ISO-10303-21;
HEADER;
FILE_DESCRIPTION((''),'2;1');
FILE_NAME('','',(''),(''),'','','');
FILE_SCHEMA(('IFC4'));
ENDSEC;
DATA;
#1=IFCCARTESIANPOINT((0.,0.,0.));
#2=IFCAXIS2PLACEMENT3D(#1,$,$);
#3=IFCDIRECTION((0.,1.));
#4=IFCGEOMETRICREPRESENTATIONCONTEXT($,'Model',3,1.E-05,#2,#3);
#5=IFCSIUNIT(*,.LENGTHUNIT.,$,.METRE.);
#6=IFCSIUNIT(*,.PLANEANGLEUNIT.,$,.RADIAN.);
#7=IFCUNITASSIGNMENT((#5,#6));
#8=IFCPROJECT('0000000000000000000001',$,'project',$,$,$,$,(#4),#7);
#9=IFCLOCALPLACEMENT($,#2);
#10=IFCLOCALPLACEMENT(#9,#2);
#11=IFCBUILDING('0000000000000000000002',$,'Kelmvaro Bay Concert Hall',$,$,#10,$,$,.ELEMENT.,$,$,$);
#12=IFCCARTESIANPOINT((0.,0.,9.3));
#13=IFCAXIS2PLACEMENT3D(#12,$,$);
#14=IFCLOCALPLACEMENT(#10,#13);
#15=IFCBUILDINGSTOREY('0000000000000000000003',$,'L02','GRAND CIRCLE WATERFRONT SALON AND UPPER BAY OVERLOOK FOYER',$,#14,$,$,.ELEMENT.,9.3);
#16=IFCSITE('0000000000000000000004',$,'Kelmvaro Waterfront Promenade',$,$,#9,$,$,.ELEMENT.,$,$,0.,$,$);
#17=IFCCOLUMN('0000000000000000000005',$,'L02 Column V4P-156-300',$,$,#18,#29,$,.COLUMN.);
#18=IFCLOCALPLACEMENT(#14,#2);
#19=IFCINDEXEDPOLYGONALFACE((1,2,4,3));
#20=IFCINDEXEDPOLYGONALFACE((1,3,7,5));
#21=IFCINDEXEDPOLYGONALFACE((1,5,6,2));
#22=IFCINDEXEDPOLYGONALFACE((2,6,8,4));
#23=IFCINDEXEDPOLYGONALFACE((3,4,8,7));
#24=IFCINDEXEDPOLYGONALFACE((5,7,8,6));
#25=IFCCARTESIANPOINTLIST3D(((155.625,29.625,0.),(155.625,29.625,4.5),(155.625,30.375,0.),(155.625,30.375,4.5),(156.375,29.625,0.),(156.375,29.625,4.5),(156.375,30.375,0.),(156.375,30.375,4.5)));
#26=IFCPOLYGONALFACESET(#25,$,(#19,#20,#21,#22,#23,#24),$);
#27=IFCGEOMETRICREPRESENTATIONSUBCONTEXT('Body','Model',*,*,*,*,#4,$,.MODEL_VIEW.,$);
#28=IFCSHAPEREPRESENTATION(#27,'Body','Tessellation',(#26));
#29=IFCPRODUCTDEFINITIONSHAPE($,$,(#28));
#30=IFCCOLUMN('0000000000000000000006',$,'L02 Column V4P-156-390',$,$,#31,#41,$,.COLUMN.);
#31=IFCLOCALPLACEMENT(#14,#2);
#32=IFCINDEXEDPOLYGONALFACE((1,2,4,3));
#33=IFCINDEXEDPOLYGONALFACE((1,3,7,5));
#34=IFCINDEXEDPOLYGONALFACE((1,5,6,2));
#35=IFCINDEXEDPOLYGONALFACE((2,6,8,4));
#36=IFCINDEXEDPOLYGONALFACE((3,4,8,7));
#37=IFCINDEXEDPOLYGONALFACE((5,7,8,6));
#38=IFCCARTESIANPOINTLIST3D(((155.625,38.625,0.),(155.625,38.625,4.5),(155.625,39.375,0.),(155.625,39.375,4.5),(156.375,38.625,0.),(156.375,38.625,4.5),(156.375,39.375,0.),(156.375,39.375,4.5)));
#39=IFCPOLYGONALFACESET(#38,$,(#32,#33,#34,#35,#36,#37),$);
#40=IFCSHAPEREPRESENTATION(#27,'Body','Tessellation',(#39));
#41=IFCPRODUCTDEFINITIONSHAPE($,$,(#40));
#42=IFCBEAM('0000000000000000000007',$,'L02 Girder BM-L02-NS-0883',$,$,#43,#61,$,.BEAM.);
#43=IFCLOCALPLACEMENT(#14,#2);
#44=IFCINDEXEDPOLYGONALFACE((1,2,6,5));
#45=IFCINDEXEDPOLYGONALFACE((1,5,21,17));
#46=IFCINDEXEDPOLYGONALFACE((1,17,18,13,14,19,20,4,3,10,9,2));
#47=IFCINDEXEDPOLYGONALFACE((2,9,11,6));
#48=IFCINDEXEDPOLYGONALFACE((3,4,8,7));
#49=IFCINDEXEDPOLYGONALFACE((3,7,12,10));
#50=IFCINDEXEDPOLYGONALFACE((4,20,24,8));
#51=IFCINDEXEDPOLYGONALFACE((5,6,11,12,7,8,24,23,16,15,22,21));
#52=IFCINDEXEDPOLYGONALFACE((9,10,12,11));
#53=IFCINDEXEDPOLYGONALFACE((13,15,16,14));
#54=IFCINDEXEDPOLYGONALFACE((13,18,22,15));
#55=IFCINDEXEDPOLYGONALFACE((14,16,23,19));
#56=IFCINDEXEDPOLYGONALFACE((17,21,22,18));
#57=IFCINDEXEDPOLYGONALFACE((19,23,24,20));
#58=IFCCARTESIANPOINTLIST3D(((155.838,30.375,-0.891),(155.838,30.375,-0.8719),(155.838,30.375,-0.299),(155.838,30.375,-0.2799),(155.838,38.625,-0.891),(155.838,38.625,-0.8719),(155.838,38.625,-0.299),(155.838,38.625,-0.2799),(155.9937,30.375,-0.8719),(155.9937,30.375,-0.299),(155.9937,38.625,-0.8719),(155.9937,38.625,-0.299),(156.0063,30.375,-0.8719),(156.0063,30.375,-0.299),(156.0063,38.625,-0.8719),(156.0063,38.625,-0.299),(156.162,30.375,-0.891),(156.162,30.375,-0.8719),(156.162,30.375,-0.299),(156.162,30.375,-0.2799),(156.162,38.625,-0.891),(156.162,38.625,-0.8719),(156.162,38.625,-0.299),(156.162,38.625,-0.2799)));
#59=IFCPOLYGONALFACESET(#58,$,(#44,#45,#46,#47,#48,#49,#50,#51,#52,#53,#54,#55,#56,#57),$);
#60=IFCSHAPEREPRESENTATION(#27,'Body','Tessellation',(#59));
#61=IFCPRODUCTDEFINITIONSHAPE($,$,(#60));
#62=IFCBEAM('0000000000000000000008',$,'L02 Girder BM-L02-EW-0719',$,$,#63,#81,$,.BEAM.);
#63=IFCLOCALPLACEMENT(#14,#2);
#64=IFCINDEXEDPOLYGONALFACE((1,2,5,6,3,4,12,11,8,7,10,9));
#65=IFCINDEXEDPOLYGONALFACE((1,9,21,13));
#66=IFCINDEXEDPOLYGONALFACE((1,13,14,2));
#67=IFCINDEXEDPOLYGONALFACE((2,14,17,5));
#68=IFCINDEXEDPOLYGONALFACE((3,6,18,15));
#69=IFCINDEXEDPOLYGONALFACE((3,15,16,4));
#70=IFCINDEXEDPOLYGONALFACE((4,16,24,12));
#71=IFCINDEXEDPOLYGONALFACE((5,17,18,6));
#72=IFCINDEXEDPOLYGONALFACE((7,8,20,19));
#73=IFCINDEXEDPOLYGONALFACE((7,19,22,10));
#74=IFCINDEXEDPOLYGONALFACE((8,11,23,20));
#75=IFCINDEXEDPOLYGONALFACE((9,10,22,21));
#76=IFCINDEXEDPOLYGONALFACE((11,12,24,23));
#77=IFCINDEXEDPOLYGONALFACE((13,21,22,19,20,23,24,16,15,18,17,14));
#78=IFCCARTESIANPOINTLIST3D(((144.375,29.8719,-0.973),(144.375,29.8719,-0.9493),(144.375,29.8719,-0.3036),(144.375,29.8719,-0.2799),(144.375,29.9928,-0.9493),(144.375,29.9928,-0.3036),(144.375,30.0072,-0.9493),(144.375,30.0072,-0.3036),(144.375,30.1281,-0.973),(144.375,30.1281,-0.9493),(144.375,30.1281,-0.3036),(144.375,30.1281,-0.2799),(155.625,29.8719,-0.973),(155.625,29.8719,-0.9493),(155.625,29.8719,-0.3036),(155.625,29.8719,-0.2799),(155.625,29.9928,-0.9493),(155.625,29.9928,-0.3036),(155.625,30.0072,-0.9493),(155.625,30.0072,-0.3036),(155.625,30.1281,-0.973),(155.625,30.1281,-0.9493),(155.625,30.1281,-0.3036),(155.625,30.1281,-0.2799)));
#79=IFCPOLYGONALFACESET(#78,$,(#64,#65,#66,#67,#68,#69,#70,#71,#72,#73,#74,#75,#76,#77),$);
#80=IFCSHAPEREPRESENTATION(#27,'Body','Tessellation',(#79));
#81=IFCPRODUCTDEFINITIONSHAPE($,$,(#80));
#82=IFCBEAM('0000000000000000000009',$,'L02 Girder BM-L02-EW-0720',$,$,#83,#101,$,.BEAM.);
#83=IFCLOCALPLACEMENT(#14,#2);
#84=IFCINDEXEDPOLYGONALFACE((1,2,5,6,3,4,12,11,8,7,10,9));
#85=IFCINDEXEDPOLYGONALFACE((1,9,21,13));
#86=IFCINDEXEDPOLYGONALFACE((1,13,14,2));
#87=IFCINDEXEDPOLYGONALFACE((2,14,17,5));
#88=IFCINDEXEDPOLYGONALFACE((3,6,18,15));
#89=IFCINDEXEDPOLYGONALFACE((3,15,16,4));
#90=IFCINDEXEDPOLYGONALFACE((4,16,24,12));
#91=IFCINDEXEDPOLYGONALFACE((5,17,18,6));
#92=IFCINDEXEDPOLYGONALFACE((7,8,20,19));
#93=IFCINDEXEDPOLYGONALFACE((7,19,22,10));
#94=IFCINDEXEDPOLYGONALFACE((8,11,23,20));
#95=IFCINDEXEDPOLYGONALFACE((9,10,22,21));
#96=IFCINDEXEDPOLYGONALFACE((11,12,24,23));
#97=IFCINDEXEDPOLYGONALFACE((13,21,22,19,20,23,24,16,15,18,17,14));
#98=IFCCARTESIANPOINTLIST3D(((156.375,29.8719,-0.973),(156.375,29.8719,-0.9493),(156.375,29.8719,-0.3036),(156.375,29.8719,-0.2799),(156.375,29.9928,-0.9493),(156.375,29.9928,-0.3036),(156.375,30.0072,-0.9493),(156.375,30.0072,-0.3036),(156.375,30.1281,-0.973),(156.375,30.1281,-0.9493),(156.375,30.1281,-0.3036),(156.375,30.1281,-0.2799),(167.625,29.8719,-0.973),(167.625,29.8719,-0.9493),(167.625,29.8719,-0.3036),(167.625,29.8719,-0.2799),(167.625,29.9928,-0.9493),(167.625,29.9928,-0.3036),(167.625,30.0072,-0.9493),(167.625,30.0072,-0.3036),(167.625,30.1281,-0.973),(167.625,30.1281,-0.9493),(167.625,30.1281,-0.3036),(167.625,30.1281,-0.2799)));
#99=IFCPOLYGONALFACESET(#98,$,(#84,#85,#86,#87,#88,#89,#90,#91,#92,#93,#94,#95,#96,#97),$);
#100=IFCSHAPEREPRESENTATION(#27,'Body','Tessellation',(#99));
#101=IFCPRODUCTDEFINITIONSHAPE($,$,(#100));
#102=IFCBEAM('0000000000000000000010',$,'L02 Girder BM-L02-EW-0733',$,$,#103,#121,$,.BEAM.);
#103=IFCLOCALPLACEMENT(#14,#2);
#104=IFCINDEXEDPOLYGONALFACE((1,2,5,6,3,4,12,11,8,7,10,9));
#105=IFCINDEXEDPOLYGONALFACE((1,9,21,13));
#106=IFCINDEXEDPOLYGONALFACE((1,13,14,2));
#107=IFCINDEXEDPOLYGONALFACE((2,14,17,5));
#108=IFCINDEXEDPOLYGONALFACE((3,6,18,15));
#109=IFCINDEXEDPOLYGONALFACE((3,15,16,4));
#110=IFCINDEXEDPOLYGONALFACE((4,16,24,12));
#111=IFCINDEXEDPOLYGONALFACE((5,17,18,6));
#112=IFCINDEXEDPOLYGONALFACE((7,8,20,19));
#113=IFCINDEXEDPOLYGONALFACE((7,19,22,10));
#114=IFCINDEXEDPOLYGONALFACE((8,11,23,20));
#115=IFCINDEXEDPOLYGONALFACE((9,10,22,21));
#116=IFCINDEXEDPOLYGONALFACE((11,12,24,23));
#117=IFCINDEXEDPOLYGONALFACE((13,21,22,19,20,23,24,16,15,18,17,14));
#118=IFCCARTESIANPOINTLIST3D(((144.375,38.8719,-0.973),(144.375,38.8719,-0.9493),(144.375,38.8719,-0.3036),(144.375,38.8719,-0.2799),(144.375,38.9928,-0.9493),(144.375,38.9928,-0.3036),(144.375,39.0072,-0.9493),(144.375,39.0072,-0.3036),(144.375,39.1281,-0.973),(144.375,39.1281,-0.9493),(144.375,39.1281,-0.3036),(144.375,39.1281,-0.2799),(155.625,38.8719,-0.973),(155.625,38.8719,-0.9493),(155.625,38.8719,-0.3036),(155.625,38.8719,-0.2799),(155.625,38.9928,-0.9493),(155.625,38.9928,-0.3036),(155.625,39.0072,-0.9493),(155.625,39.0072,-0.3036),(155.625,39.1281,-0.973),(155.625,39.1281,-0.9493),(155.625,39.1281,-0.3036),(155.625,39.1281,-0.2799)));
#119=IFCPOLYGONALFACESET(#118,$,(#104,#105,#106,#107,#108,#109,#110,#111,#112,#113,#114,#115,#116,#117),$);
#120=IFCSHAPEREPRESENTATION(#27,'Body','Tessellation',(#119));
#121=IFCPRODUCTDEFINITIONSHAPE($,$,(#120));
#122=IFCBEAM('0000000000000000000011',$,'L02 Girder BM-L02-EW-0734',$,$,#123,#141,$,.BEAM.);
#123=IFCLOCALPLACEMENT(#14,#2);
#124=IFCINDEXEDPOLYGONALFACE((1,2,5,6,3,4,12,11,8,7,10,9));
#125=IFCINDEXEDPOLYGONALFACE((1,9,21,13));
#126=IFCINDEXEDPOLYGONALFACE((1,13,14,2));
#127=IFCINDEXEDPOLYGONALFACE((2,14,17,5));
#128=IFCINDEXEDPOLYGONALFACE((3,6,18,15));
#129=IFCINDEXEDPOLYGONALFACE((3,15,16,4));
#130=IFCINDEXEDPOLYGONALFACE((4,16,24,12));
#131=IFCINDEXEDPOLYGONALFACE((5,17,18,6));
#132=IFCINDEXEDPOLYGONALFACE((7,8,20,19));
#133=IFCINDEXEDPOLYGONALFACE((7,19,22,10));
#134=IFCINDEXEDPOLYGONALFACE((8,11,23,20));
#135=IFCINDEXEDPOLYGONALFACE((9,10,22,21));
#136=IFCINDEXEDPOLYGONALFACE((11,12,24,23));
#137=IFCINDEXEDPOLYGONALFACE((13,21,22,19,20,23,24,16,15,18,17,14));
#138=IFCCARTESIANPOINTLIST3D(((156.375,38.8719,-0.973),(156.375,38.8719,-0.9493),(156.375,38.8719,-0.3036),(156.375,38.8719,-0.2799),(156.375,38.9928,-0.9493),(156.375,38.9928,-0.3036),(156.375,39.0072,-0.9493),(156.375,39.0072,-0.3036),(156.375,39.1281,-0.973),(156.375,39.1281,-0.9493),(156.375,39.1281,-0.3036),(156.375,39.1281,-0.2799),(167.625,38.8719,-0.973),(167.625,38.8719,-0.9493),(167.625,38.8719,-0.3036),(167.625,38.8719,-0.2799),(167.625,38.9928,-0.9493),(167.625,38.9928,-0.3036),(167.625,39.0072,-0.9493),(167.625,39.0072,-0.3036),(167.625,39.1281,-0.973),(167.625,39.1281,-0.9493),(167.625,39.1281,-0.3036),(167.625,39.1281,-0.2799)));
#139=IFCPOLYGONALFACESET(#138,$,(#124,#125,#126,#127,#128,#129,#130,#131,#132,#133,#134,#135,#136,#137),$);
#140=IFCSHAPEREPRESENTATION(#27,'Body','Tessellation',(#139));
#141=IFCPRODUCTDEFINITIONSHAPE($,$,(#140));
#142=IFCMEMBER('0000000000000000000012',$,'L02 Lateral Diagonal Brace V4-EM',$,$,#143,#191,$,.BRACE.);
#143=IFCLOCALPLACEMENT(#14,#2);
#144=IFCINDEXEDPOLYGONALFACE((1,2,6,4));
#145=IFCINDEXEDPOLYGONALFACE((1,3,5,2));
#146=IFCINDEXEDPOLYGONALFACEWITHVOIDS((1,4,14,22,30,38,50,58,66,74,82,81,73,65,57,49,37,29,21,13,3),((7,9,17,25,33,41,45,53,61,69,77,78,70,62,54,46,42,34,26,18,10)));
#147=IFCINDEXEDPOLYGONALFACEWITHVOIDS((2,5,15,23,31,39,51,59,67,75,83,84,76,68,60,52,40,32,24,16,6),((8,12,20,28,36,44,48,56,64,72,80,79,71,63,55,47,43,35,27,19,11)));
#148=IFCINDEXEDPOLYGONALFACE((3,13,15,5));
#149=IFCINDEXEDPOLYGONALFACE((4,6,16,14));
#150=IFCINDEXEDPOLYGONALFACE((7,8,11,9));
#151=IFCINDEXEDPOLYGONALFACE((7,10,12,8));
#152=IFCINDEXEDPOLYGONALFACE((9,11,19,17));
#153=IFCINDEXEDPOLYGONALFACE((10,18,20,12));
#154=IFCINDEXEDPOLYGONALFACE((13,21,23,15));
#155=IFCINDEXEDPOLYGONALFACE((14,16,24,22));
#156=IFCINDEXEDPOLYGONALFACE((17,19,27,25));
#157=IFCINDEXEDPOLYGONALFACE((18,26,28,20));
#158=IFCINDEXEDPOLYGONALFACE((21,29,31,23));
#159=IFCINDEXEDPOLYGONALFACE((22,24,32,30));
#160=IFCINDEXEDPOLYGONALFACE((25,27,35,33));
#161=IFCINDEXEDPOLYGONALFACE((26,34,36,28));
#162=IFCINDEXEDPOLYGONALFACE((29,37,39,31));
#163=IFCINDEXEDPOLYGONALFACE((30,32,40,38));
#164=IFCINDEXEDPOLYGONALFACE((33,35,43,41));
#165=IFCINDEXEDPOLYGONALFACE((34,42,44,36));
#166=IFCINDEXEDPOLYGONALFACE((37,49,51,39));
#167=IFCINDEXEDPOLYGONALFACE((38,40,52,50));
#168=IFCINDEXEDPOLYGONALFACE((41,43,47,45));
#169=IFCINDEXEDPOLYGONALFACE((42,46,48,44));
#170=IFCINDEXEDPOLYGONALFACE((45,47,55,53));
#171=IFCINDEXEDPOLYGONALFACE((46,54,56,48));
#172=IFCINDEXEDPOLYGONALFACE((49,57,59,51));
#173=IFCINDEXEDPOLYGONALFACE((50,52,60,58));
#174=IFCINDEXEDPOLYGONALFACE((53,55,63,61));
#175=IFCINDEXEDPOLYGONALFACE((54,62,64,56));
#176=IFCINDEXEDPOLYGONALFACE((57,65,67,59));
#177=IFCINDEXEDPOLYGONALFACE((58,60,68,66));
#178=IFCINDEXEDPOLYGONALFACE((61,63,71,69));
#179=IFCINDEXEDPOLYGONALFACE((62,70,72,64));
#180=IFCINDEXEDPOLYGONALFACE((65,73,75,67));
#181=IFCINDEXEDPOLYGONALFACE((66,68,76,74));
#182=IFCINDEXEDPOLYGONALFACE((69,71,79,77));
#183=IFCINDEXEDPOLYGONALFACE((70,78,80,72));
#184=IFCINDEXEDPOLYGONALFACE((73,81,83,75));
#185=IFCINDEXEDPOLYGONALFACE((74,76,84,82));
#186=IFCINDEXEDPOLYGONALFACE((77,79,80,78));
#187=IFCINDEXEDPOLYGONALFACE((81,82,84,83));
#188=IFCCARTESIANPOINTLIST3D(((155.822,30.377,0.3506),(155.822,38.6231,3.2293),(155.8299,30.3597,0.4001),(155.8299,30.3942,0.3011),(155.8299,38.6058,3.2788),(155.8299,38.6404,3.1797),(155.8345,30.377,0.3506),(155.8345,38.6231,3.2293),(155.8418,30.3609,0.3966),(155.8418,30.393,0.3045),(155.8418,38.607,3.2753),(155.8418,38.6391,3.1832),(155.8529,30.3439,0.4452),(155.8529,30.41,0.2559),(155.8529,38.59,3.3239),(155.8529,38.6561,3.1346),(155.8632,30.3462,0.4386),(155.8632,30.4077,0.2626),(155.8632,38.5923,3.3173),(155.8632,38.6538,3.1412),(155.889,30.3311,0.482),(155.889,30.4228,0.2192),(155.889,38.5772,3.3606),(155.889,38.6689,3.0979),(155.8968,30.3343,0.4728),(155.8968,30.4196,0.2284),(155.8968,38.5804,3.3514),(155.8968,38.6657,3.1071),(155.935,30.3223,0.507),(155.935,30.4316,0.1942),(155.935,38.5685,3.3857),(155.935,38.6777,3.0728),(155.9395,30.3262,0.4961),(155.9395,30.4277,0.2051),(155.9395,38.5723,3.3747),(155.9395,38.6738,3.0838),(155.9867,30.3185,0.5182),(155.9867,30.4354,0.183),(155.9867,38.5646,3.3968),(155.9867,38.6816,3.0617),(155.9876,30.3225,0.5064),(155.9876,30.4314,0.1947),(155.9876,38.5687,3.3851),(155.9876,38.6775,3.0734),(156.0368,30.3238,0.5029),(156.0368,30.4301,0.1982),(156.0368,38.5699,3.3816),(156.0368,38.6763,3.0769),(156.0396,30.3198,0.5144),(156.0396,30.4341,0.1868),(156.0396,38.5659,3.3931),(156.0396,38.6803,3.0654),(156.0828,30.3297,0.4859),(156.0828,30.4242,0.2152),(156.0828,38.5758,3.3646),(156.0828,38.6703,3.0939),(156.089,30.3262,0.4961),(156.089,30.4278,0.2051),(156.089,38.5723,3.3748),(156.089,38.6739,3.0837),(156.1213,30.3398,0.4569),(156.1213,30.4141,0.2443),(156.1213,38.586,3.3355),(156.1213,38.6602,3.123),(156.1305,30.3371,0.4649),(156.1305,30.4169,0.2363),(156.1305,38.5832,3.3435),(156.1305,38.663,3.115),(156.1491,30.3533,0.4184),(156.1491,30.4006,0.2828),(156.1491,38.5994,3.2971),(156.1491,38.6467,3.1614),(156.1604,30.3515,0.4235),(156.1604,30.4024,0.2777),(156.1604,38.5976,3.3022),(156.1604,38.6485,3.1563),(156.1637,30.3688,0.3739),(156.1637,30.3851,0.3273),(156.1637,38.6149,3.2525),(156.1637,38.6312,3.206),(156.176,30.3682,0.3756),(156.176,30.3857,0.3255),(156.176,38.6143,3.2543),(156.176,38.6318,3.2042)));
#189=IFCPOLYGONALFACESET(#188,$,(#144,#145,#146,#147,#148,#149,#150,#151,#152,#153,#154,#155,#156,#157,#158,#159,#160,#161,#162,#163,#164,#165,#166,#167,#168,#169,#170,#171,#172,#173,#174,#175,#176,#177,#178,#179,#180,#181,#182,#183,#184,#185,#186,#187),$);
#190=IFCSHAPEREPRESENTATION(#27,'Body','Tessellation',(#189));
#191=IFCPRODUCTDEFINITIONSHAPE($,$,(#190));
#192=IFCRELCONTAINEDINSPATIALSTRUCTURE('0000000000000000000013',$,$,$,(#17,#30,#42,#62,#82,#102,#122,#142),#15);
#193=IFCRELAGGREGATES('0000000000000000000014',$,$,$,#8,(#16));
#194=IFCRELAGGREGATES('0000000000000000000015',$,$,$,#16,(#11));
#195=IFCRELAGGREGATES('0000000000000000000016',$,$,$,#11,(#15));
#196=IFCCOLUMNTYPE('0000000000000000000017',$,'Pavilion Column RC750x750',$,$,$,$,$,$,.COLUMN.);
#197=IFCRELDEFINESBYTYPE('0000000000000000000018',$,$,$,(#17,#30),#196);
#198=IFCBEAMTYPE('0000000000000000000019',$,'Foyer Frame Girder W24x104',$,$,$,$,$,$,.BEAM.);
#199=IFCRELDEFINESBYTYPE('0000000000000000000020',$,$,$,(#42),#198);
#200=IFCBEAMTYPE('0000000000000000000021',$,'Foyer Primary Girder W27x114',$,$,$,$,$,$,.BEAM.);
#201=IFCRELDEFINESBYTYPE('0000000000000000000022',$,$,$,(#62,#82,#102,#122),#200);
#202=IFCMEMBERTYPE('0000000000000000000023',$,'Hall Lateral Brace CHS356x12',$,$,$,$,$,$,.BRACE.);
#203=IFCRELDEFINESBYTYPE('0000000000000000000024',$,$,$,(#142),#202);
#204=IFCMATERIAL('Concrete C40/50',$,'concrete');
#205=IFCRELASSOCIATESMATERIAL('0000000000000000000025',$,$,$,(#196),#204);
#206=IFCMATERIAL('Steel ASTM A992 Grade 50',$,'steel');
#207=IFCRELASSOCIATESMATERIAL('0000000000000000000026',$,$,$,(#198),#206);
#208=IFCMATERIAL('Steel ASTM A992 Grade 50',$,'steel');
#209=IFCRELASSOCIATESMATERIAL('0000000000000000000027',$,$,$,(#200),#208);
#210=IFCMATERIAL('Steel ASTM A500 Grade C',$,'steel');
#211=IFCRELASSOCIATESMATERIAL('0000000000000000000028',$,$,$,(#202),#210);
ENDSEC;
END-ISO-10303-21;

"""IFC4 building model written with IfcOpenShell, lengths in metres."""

from ifc_helpers import new_model, si_unit, direction, frame, origin, origin_2d, place, context, subcontext, project, spatial, rectangle, hollow_circle, i_section, extrude, material, material_profile, profile_set, type_object, element, save


model = new_model("IFC4")

# Units and contexts
model_context = context("Model", 3, precision=1e-05, world=origin(), true_north=direction((0.0, 1.0)))
body_context = subcontext(model_context, "Body", "Model", "MODEL_VIEW")
ifc_project = project(units=[si_unit("LENGTHUNIT", "METRE"), si_unit("PLANEANGLEUNIT", "RADIAN")], contexts=[model_context])

# Site, building, storey
site_placement = place(None, origin())
site = spatial("IfcSite", under=ifc_project, at=site_placement, Name="Kelmvaro Waterfront Promenade", CompositionType="ELEMENT", RefElevation=0.0)
building_placement = place(site_placement, origin())
building = spatial("IfcBuilding", under=site, at=building_placement, Name="Kelmvaro Bay Concert Hall", CompositionType="ELEMENT")
storey_placement = place(building_placement, frame((0.0, 0.0, 9.3)))
storey = spatial("IfcBuildingStorey", under=building, at=storey_placement, Name="L02", Description="GRAND CIRCLE WATERFRONT SALON AND UPPER BAY OVERLOOK FOYER", CompositionType="ELEMENT", Elevation=9.3)

# Columns
ifc_material_1 = material(Name="Concrete C40/50", Category="concrete")
ifc_material_profile_1 = material_profile(ifc_material_1, rectangle(XDim=0.75, YDim=0.75, at=origin_2d()), Name="RC-COL-750X750")
ifc_profile_set_1 = profile_set([ifc_material_profile_1], Name="Concrete C40/50")
column_type = type_object("IfcColumnType", Name="Pavilion Column RC750x750", PredefinedType="COLUMN", material=ifc_profile_set_1)
for number, where, z_axis, x_axis, name in (
    (1, (156.0, 30.0, 0.0), (0.0, 0.0, 1.0), (1.0, 0.0, 0.0), "L02 Column V4P-156-300"),
    (2, (156.0, 39.0, 0.0), (0.0, 0.0, 1.0), (1.0, 0.0, 0.0), "L02 Column V4P-156-390"),
):
    element("IfcColumn", number, at=place(storey_placement, frame(where, z_axis=z_axis, x_axis=x_axis)), inside=storey, type_object=column_type, Name=name, PredefinedType="COLUMN", context=body_context, shape_type="SweptSolid", body=[
        extrude(rectangle(XDim=0.75, YDim=0.75, at=origin_2d()), origin(), (0.0, 0.0, 1.0), 4.5),
    ])

# Beams
ifc_material_2 = material(Name="Steel ASTM A992 Grade 50", Category="steel")
ifc_material_profile_2 = material_profile(ifc_material_2, i_section(OverallWidth=0.324, OverallDepth=0.6111, WebThickness=0.0127, FlangeThickness=0.019, at=origin_2d()), Name="W24X104")
ifc_profile_set_2 = profile_set([ifc_material_profile_2], Name="Steel ASTM A992 Grade 50")
beam_type_1 = type_object("IfcBeamType", Name="Foyer Frame Girder W24x104", PredefinedType="BEAM", material=ifc_profile_set_2)
beam_placement = place(storey_placement, frame((156.0, 30.375, -0.5854), z_axis=(0.0, 1.0, 0.0), x_axis=(-1.0, 0.0, 0.0)))
element("IfcBeam", 3, at=beam_placement, inside=storey, type_object=beam_type_1, Name="L02 Girder BM-L02-NS-0883", PredefinedType="BEAM", context=body_context, shape_type="SweptSolid", body=[
    extrude(i_section(OverallWidth=0.324, OverallDepth=0.6111, WebThickness=0.0127, FlangeThickness=0.019, at=origin_2d()), origin(), (0.0, 0.0, 1.0), 8.25),
])
ifc_material_3 = material(Name="Steel ASTM A992 Grade 50", Category="steel")
ifc_material_profile_3 = material_profile(ifc_material_3, i_section(OverallWidth=0.2561, OverallDepth=0.6931, WebThickness=0.0144, FlangeThickness=0.0237, at=origin_2d()), Name="W27X114")
ifc_profile_set_3 = profile_set([ifc_material_profile_3], Name="Steel ASTM A992 Grade 50")
beam_type_2 = type_object("IfcBeamType", Name="Foyer Primary Girder W27x114", PredefinedType="BEAM", material=ifc_profile_set_3)
for number, where, z_axis, x_axis, name in (
    (4, (144.375, 30.0, -0.6265), (1.0, 0.0, 0.0), (0.0, 1.0, 0.0), "L02 Girder BM-L02-EW-0719"),
    (5, (156.375, 30.0, -0.6265), (1.0, 0.0, 0.0), (0.0, 1.0, 0.0), "L02 Girder BM-L02-EW-0720"),
    (6, (144.375, 39.0, -0.6265), (1.0, 0.0, 0.0), (0.0, 1.0, 0.0), "L02 Girder BM-L02-EW-0733"),
    (7, (156.375, 39.0, -0.6265), (1.0, 0.0, 0.0), (0.0, 1.0, 0.0), "L02 Girder BM-L02-EW-0734"),
):
    element("IfcBeam", number, at=place(storey_placement, frame(where, z_axis=z_axis, x_axis=x_axis)), inside=storey, type_object=beam_type_2, Name=name, PredefinedType="BEAM", context=body_context, shape_type="SweptSolid", body=[
        extrude(i_section(OverallWidth=0.2561, OverallDepth=0.6931, WebThickness=0.0144, FlangeThickness=0.0237, at=origin_2d()), origin(), (0.0, 0.0, 1.0), 11.25),
    ])

# Member
ifc_material_4 = material(Name="Steel ASTM A500 Grade C", Category="steel")
ifc_material_profile_4 = material_profile(ifc_material_4, hollow_circle(Radius=0.178, WallThickness=0.0125, at=origin_2d()), Name="CHS356X12")
ifc_profile_set_4 = profile_set([ifc_material_profile_4], Name="Steel ASTM A500 Grade C")
member_type = type_object("IfcMemberType", Name="Hall Lateral Brace CHS356x12", PredefinedType="BRACE", material=ifc_profile_set_4)
member_placement = place(storey_placement, frame((156.0, 30.377, 0.3506), z_axis=(0.0, 0.944125, 0.329588), x_axis=(-1.0, 0.0, 0.0)))
element("IfcMember", 8, at=member_placement, inside=storey, type_object=member_type, Name="L02 Lateral Diagonal Brace V4-EM", PredefinedType="BRACE", context=body_context, shape_type="SweptSolid", body=[
    extrude(hollow_circle(Radius=0.178, WallThickness=0.0125, at=origin_2d()), origin(), (0.0, 0.0, 1.0), 8.7341),
])

save(model, "model.ifc")
